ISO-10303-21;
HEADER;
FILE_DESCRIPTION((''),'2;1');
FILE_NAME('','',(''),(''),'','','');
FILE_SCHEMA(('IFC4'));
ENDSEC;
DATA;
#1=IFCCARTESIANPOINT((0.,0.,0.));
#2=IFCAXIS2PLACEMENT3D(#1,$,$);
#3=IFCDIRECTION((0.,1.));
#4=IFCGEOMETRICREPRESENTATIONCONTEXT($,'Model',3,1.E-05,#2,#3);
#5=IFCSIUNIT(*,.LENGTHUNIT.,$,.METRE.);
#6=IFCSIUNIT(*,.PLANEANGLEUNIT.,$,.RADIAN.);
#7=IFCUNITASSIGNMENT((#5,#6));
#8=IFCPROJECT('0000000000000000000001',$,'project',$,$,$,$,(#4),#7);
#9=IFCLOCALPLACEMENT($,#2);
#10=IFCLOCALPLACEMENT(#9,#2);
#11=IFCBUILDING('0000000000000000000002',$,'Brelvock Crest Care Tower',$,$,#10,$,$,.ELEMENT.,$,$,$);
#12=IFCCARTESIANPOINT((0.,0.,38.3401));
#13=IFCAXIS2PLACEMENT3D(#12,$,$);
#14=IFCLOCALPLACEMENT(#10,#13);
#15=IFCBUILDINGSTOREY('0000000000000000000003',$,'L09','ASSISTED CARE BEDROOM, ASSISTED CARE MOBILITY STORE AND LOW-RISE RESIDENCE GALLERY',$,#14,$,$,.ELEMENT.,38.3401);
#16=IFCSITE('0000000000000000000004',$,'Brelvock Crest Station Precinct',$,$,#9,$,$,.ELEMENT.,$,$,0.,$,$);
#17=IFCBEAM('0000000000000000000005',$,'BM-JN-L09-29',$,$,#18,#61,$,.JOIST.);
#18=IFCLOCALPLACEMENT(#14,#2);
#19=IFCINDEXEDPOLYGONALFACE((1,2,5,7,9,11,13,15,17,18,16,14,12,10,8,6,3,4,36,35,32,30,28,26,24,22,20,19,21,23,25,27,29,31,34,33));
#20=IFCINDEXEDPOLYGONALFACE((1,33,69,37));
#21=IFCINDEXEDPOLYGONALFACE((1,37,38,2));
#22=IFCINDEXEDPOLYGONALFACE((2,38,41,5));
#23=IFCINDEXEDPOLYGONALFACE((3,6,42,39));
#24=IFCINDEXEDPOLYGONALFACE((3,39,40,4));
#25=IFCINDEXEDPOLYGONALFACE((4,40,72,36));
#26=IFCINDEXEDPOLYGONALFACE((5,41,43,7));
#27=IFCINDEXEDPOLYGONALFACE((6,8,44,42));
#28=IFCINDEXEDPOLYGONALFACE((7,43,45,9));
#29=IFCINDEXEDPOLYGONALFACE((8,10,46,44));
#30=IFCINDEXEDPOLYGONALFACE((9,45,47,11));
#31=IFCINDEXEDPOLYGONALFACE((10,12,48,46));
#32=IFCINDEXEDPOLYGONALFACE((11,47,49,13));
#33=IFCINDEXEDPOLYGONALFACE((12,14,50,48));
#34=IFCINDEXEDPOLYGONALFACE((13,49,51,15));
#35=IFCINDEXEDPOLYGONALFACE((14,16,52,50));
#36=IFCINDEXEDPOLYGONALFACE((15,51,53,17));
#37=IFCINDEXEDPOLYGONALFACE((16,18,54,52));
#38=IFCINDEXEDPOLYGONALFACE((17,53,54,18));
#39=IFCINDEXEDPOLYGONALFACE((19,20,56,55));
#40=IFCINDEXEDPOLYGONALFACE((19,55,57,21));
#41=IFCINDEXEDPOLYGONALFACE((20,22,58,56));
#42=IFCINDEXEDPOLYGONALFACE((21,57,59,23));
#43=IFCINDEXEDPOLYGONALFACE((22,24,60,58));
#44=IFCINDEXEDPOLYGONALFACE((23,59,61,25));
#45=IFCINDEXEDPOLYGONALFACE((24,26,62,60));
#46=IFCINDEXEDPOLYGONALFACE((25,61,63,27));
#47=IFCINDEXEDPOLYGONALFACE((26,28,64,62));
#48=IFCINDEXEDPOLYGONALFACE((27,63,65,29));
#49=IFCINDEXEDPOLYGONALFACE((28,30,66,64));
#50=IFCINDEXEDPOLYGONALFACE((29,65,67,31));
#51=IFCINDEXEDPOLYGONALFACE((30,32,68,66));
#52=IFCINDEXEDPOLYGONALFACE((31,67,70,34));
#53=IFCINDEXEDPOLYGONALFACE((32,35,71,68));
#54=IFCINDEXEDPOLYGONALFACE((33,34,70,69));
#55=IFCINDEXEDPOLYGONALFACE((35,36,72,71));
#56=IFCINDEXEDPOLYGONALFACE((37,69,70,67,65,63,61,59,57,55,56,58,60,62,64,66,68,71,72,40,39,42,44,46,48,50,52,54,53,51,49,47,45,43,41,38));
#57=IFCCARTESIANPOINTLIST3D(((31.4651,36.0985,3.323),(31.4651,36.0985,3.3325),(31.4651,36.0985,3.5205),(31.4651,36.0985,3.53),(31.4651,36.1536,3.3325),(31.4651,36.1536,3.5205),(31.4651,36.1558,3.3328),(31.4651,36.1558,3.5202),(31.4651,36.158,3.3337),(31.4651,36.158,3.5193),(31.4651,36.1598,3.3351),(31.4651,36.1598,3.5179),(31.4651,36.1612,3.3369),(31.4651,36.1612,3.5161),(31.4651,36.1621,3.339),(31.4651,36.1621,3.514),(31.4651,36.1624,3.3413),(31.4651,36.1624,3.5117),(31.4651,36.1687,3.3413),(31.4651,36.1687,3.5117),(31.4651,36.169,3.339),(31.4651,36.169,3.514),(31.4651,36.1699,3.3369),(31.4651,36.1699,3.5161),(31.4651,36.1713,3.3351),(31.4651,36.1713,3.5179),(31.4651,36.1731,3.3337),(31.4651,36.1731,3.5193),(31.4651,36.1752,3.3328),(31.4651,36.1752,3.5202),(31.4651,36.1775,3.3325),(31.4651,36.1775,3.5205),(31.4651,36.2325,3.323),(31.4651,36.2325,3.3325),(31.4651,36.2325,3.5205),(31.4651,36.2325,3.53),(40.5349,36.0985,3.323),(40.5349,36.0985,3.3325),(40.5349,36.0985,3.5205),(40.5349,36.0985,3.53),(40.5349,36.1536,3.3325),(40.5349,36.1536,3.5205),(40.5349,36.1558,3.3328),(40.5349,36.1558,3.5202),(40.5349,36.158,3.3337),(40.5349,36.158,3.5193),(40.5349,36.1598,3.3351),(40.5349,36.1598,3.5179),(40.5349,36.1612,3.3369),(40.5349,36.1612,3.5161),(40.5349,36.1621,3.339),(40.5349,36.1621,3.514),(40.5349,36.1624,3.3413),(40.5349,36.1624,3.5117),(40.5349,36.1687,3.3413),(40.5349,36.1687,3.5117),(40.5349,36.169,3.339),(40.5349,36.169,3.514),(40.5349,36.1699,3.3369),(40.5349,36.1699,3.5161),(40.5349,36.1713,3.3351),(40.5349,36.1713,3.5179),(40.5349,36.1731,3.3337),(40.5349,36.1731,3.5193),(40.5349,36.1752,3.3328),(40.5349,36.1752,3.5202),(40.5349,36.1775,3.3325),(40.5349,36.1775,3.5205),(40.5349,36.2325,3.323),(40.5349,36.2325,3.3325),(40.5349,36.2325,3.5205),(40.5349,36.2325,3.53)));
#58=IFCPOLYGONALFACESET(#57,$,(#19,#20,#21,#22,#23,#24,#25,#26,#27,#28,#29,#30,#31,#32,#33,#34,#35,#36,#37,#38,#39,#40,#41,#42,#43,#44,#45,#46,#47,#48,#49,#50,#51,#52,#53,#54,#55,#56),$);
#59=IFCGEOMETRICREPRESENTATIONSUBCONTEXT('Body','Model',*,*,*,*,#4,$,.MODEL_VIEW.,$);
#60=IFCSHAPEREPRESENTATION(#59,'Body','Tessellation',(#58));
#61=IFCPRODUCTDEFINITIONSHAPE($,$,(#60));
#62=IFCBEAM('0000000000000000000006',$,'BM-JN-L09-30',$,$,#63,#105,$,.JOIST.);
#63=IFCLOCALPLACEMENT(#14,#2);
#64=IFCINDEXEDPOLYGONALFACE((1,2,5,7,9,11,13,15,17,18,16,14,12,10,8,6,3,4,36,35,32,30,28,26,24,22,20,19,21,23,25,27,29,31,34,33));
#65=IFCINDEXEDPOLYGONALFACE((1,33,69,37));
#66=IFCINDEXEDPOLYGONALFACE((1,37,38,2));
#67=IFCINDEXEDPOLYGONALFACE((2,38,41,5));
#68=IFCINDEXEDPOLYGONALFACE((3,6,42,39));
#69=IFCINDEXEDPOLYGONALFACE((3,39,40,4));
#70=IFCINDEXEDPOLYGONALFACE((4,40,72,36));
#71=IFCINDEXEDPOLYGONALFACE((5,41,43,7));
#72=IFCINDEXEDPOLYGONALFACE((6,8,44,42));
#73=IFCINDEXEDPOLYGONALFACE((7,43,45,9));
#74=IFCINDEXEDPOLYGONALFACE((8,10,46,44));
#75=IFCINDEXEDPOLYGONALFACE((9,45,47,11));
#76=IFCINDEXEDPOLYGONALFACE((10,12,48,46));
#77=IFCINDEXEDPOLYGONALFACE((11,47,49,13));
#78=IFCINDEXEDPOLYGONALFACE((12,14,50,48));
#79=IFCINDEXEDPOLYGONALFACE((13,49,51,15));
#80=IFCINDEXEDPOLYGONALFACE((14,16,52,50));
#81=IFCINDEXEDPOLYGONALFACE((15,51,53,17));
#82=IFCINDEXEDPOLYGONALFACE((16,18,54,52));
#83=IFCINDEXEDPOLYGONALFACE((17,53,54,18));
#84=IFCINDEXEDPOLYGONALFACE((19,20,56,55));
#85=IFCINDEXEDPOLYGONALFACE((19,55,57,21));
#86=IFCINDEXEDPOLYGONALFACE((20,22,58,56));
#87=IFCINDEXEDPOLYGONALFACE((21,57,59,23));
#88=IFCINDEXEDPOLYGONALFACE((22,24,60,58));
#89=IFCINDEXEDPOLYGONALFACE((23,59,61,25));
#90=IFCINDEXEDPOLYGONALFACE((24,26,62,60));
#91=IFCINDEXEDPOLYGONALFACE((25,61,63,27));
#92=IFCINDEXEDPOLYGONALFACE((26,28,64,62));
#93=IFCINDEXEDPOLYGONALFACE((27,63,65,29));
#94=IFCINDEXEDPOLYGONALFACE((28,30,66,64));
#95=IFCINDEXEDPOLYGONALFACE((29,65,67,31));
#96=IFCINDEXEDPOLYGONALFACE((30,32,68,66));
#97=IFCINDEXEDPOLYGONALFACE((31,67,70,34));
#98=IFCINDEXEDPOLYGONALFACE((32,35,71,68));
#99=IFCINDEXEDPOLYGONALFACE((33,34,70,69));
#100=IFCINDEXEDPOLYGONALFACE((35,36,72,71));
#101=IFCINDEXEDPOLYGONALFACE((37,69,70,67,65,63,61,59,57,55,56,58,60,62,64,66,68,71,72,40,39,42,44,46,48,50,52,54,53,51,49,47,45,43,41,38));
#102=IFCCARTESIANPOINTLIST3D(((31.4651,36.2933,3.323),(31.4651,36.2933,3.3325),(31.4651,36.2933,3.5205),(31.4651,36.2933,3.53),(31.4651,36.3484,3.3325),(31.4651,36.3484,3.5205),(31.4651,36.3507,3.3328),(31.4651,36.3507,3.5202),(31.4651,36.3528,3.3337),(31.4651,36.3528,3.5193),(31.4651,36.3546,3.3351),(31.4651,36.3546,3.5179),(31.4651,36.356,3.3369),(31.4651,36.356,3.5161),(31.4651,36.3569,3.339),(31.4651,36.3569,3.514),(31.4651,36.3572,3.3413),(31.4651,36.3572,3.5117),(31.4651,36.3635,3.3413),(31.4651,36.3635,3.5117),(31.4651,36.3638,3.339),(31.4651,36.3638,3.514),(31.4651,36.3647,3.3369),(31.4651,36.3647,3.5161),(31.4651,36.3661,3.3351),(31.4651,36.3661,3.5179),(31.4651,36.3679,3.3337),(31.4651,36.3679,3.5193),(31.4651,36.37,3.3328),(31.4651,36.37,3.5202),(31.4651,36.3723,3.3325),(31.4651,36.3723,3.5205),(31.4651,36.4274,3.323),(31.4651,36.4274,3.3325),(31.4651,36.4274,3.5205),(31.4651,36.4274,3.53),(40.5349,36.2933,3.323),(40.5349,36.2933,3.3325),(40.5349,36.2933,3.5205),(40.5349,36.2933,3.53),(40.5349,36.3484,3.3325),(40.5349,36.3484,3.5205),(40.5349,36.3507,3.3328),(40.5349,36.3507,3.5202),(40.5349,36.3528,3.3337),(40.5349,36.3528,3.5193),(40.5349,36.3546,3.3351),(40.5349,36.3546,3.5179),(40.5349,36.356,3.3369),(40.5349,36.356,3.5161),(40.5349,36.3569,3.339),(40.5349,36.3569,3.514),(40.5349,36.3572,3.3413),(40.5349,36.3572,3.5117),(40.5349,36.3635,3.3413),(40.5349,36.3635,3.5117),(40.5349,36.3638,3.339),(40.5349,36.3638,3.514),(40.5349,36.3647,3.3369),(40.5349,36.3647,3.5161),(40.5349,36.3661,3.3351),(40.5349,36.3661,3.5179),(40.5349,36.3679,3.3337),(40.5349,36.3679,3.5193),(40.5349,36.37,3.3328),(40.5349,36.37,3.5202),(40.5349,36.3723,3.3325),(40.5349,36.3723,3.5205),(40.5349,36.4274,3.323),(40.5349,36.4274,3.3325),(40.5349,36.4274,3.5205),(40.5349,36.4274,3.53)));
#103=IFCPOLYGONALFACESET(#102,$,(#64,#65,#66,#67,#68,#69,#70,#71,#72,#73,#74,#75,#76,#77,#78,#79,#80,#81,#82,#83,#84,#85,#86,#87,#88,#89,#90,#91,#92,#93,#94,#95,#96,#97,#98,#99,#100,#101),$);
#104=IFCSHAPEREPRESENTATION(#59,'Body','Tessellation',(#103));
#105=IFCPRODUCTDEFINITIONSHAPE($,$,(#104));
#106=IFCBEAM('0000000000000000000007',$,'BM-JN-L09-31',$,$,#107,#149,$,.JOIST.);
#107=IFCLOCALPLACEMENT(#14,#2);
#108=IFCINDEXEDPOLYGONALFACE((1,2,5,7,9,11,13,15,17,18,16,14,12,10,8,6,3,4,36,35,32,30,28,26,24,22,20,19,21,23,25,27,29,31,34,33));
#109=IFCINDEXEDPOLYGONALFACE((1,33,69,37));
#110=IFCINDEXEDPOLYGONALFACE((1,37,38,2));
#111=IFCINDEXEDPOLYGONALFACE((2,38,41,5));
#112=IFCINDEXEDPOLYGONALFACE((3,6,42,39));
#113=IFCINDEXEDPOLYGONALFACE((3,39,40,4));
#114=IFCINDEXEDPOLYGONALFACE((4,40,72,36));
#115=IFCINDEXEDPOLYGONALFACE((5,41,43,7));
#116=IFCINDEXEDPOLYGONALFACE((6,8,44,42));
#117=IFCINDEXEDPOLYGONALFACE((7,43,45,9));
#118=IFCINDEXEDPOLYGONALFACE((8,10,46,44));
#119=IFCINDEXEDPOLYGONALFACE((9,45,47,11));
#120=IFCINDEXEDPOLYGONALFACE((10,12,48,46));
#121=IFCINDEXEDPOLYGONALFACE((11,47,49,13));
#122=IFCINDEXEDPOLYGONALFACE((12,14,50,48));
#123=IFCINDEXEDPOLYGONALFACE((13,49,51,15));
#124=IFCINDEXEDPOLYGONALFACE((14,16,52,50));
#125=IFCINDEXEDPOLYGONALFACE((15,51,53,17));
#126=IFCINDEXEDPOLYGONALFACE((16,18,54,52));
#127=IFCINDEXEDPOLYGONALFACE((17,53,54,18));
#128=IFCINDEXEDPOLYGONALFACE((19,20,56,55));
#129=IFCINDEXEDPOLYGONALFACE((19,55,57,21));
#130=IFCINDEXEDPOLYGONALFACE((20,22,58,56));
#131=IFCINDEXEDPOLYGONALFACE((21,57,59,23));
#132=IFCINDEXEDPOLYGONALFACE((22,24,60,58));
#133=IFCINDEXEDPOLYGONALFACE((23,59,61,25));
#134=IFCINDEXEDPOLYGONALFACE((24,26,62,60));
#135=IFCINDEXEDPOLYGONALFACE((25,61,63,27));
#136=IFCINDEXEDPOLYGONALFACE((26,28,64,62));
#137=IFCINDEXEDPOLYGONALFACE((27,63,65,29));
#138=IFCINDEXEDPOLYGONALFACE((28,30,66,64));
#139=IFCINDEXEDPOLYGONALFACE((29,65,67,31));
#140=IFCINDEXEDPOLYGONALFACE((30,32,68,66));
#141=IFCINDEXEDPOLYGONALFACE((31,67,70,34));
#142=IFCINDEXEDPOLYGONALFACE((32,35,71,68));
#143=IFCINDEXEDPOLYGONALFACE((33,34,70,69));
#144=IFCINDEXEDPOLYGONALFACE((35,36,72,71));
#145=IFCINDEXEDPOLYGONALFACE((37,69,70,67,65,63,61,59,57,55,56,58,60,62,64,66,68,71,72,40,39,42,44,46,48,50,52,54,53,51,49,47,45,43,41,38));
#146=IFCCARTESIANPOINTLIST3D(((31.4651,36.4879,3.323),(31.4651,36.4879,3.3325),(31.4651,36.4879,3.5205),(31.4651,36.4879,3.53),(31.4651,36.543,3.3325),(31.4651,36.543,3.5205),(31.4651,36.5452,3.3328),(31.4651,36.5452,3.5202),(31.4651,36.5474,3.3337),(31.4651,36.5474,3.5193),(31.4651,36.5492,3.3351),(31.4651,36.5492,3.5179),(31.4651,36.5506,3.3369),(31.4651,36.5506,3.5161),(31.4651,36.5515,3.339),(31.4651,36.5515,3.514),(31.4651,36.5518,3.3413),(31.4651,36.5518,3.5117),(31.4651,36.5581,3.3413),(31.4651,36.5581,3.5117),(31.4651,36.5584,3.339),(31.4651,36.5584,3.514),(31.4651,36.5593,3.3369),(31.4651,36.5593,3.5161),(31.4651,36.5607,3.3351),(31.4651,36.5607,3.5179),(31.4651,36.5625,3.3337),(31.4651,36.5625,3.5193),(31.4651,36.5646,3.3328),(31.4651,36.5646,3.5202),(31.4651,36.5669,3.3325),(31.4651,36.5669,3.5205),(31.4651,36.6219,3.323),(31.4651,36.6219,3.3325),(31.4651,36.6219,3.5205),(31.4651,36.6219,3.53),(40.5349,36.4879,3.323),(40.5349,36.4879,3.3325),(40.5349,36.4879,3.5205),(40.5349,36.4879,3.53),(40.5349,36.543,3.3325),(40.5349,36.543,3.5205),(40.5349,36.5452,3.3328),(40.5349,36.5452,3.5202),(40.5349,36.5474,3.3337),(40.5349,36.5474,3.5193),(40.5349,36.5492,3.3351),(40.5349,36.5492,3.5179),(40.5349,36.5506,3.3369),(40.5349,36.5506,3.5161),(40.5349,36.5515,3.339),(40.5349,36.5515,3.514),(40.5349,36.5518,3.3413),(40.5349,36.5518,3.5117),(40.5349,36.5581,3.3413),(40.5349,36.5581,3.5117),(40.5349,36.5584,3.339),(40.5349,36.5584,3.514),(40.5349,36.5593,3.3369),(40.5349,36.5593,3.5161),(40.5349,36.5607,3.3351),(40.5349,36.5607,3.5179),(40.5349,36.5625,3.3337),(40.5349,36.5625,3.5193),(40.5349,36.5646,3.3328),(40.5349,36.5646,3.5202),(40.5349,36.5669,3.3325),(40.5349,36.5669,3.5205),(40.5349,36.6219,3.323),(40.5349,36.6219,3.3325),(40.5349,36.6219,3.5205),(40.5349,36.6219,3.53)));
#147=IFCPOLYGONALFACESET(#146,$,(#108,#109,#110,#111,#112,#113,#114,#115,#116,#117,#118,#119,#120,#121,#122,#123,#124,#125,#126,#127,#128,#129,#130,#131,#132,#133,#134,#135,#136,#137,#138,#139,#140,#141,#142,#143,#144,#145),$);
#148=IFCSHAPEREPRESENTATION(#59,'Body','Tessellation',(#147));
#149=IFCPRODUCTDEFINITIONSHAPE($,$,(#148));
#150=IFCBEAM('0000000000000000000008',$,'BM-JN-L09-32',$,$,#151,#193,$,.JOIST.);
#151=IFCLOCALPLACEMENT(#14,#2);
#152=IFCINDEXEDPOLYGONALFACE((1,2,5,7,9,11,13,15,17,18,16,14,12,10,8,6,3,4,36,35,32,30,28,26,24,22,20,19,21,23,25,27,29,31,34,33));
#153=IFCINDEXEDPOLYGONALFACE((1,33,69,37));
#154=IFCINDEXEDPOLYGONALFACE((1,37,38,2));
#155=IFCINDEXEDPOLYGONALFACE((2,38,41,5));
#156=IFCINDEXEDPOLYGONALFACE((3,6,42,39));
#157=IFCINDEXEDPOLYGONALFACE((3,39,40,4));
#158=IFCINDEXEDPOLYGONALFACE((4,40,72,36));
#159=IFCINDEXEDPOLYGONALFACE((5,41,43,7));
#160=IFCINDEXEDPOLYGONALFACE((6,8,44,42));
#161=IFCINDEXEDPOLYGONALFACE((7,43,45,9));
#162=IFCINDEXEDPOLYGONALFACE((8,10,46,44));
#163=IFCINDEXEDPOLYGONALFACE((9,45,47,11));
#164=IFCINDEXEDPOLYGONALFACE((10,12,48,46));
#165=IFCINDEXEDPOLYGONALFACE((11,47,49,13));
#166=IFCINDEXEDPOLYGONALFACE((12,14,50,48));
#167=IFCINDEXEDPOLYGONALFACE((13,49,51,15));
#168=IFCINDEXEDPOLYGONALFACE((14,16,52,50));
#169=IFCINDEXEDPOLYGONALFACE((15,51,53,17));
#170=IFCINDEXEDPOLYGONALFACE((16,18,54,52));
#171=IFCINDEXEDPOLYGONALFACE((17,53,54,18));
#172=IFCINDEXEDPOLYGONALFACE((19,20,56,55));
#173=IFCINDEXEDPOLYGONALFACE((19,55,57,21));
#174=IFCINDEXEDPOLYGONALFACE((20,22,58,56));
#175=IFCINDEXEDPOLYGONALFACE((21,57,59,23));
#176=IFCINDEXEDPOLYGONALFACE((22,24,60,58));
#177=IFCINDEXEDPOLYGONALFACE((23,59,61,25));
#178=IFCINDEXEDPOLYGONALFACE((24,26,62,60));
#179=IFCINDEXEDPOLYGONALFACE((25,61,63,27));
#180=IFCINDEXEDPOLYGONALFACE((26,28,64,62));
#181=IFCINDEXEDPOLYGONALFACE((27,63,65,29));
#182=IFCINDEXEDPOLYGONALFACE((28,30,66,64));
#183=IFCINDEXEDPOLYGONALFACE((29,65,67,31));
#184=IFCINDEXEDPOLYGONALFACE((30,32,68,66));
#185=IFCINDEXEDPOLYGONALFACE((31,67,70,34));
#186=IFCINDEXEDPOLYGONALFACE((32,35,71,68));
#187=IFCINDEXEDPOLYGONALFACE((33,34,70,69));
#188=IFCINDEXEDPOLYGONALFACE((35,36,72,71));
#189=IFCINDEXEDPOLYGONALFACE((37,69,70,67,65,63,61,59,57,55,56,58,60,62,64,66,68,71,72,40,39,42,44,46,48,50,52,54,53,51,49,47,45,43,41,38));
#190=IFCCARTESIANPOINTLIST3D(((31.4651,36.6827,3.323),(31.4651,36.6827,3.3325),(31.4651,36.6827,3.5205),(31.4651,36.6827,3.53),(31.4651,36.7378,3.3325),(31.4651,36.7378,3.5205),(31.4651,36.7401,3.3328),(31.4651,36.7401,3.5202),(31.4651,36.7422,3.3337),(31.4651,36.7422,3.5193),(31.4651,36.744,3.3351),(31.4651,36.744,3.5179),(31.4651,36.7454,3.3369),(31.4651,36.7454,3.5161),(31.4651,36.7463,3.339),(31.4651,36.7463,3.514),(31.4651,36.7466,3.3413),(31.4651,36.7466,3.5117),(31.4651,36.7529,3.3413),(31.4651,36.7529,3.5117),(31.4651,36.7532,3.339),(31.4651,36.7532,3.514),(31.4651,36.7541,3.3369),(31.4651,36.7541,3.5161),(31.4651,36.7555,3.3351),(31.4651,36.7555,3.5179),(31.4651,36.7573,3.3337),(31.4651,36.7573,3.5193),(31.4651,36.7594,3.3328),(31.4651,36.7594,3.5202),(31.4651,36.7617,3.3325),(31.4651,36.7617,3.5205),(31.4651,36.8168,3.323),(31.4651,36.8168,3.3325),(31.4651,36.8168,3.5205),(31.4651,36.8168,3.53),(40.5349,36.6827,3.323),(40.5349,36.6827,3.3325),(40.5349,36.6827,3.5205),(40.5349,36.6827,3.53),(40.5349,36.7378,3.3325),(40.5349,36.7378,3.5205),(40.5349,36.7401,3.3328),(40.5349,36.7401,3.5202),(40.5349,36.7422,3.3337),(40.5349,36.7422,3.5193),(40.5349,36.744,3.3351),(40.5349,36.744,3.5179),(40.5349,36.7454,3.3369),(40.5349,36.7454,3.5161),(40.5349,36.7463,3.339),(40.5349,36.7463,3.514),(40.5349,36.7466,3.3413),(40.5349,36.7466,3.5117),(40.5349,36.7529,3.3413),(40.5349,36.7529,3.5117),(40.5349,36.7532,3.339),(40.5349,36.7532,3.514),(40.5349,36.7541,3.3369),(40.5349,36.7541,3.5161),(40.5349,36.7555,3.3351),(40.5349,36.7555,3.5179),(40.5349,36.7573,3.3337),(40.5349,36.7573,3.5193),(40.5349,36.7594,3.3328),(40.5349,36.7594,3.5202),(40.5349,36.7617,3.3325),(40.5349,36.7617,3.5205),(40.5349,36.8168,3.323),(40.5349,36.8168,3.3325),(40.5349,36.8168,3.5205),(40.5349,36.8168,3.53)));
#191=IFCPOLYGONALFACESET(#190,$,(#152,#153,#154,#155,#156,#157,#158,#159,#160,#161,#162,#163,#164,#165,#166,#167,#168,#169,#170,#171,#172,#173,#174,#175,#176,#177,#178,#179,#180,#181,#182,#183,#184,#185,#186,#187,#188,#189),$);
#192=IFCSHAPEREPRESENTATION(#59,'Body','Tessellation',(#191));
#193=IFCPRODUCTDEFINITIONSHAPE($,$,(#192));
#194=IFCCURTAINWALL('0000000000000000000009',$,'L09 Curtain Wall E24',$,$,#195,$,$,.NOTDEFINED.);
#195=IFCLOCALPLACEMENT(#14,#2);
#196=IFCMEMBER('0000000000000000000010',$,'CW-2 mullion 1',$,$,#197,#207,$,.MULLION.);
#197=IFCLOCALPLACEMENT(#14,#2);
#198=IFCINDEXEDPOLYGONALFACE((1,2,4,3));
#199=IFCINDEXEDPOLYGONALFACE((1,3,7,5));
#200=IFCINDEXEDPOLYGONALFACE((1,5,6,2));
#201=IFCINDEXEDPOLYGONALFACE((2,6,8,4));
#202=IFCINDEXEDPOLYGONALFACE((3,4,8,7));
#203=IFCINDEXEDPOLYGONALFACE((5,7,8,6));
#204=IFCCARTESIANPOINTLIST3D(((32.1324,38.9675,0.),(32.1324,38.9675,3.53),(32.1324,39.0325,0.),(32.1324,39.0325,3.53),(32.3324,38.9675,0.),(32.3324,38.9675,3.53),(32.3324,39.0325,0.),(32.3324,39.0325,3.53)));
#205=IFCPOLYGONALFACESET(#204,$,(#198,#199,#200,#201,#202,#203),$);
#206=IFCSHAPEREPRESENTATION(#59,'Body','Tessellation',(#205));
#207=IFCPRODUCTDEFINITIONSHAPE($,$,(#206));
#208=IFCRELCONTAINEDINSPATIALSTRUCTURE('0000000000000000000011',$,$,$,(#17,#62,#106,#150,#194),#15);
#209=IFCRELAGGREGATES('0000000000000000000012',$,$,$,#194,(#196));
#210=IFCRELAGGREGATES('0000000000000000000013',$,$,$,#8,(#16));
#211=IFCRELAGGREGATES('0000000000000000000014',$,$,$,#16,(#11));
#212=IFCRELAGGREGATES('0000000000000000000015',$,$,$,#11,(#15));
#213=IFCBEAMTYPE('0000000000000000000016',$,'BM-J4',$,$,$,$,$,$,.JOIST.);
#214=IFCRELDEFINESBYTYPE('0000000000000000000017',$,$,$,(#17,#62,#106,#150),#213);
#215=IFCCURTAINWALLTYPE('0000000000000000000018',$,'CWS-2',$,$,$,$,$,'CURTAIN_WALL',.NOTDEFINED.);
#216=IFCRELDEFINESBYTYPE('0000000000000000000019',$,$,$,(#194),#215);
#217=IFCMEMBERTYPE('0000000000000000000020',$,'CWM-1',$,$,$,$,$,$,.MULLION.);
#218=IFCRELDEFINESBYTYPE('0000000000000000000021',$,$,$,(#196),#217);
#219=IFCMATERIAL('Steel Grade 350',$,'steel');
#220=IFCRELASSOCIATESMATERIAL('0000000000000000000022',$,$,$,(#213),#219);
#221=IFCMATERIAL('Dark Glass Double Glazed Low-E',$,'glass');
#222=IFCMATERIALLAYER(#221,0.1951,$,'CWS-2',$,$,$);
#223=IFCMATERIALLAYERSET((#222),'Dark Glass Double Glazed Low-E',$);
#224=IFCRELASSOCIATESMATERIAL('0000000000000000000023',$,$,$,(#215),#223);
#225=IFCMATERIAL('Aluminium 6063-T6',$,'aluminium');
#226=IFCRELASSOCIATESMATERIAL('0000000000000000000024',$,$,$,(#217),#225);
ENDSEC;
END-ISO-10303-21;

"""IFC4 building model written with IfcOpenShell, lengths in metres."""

from ifc_helpers import new_model, si_unit, direction, frame, origin, origin_2d, place, context, subcontext, project, spatial, rectangle, i_section, extrude, source, transform, mapped, material, layer, layer_set, material_profile, profile_set, type_object, element, aggregate, save


model = new_model("IFC4")

# Units and contexts
model_context = context("Model", 3, precision=1e-05, world=origin(), true_north=direction((0.0, 1.0)))
body_context = subcontext(model_context, "Body", "Model", "MODEL_VIEW")
ifc_project = project(units=[si_unit("LENGTHUNIT", "METRE"), si_unit("PLANEANGLEUNIT", "RADIAN")], contexts=[model_context])

# Site, building, storey
site_placement = place(None, origin())
site = spatial("IfcSite", under=ifc_project, at=site_placement, Name="Brelvock Crest Station Precinct", CompositionType="ELEMENT", RefElevation=0.0)
building_placement = place(site_placement, origin())
building = spatial("IfcBuilding", under=site, at=building_placement, Name="Brelvock Crest Care Tower", CompositionType="ELEMENT")
storey_placement = place(building_placement, frame((0.0, 0.0, 38.3401)))
storey = spatial("IfcBuildingStorey", under=building, at=storey_placement, Name="L09", Description="ASSISTED CARE BEDROOM, ASSISTED CARE MOBILITY STORE AND LOW-RISE RESIDENCE GALLERY", CompositionType="ELEMENT", Elevation=38.3401)

# Shared definitions
ifc_material_1 = material(Name="Steel Grade 350", Category="steel")

# Beams
ifc_material_profile_1 = material_profile(ifc_material_1, i_section(OverallWidth=0.134, OverallDepth=0.207, WebThickness=0.0063, FlangeThickness=0.0095, FilletRadius=0.0088, at=origin_2d()), Name="200UB29.8")
ifc_profile_set_1 = profile_set([ifc_material_profile_1], Name="Steel Grade 350")
beam_type_1 = type_object("IfcBeamType", Name="BM-J4", PredefinedType="JOIST", material=ifc_profile_set_1)
shared_shape_1 = source(origin(), body_context, "Body", "SweptSolid", [
    extrude(i_section(OverallWidth=0.134, OverallDepth=0.207, WebThickness=0.0063, FlangeThickness=0.0095, FilletRadius=0.0088, at=origin_2d()), origin(), (0.0, 0.0, 1.0), 9.0698),
])
for number, where, z_axis, x_axis, name in (
    (1, (31.4651, 36.1655, 3.4265), (1.0, 0.0, 0.0), (0.0, 1.0, 0.0), "BM-JN-L09-29"),
    (2, (31.4651, 36.3604, 3.4265), (1.0, 0.0, 0.0), (0.0, 1.0, 0.0), "BM-JN-L09-30"),
    (3, (31.4651, 36.5549, 3.4265), (1.0, 0.0, 0.0), (0.0, 1.0, 0.0), "BM-JN-L09-31"),
    (4, (31.4651, 36.7498, 3.4265), (1.0, 0.0, 0.0), (0.0, 1.0, 0.0), "BM-JN-L09-32"),
):
    element("IfcBeam", number, at=place(storey_placement, frame(where, z_axis=z_axis, x_axis=x_axis)), inside=storey, type_object=beam_type_1, Name=name, PredefinedType="JOIST", context=body_context, shape_type="MappedRepresentation", body=[
        mapped(shared_shape_1, transform((0.0, 0.0, 0.0), x_axis=(1.0, 0.0, 0.0), y_axis=(0.0, 1.0, 0.0), z_axis=(0.0, 0.0, 1.0), scale=1.0)),
    ])

# Curtain wall, member
ifc_material_2 = material(Name="Dark Glass Double Glazed Low-E", Category="glass")
ifc_layer_1 = layer(ifc_material_2, 0.1951, Name="CWS-2")
ifc_layer_set_1 = layer_set([ifc_layer_1], Name="Dark Glass Double Glazed Low-E")
curtain_wall_type = type_object("IfcCurtainWallType", Name="CWS-2", ElementType="CURTAIN_WALL", PredefinedType="NOTDEFINED", material=ifc_layer_set_1)
curtain_wall_1_placement = place(storey_placement, origin())
curtain_wall_1 = element("IfcCurtainWall", 5, at=curtain_wall_1_placement, inside=storey, type_object=curtain_wall_type, Name="L09 Curtain Wall E24", PredefinedType="NOTDEFINED")
ifc_material_3 = material(Name="Aluminium 6063-T6", Category="aluminium")
ifc_material_profile_2 = material_profile(ifc_material_3, rectangle(XDim=0.0649, YDim=0.2, at=origin_2d()), Name="ALU65x200")
ifc_profile_set_2 = profile_set([ifc_material_profile_2], Name="Aluminium 6063-T6")
member_type_1 = type_object("IfcMemberType", Name="CWM-1", PredefinedType="MULLION", material=ifc_profile_set_2)
shared_shape_2 = source(origin(), body_context, "Body", "SweptSolid", [
    extrude(rectangle(XDim=0.0649, YDim=0.2, at=origin_2d()), origin(), (0.0, 0.0, 1.0), 3.53),
])
member_1_placement = place(storey_placement, frame((32.2324, 39.0, 0.0), z_axis=(0.0, 0.0, 1.0), x_axis=(0.0, 1.0, 0.0)))
member_1 = element("IfcMember", 6, at=member_1_placement, type_object=member_type_1, Name="CW-2 mullion 1", PredefinedType="MULLION", context=body_context, shape_type="MappedRepresentation", body=[
    mapped(shared_shape_2, transform((0.0, 0.0, 0.0), x_axis=(1.0, 0.0, 0.0), y_axis=(0.0, 1.0, 0.0), z_axis=(0.0, 0.0, 1.0), scale=1.0)),
])

aggregate(curtain_wall_1, [member_1])

save(model, "model.ifc")
